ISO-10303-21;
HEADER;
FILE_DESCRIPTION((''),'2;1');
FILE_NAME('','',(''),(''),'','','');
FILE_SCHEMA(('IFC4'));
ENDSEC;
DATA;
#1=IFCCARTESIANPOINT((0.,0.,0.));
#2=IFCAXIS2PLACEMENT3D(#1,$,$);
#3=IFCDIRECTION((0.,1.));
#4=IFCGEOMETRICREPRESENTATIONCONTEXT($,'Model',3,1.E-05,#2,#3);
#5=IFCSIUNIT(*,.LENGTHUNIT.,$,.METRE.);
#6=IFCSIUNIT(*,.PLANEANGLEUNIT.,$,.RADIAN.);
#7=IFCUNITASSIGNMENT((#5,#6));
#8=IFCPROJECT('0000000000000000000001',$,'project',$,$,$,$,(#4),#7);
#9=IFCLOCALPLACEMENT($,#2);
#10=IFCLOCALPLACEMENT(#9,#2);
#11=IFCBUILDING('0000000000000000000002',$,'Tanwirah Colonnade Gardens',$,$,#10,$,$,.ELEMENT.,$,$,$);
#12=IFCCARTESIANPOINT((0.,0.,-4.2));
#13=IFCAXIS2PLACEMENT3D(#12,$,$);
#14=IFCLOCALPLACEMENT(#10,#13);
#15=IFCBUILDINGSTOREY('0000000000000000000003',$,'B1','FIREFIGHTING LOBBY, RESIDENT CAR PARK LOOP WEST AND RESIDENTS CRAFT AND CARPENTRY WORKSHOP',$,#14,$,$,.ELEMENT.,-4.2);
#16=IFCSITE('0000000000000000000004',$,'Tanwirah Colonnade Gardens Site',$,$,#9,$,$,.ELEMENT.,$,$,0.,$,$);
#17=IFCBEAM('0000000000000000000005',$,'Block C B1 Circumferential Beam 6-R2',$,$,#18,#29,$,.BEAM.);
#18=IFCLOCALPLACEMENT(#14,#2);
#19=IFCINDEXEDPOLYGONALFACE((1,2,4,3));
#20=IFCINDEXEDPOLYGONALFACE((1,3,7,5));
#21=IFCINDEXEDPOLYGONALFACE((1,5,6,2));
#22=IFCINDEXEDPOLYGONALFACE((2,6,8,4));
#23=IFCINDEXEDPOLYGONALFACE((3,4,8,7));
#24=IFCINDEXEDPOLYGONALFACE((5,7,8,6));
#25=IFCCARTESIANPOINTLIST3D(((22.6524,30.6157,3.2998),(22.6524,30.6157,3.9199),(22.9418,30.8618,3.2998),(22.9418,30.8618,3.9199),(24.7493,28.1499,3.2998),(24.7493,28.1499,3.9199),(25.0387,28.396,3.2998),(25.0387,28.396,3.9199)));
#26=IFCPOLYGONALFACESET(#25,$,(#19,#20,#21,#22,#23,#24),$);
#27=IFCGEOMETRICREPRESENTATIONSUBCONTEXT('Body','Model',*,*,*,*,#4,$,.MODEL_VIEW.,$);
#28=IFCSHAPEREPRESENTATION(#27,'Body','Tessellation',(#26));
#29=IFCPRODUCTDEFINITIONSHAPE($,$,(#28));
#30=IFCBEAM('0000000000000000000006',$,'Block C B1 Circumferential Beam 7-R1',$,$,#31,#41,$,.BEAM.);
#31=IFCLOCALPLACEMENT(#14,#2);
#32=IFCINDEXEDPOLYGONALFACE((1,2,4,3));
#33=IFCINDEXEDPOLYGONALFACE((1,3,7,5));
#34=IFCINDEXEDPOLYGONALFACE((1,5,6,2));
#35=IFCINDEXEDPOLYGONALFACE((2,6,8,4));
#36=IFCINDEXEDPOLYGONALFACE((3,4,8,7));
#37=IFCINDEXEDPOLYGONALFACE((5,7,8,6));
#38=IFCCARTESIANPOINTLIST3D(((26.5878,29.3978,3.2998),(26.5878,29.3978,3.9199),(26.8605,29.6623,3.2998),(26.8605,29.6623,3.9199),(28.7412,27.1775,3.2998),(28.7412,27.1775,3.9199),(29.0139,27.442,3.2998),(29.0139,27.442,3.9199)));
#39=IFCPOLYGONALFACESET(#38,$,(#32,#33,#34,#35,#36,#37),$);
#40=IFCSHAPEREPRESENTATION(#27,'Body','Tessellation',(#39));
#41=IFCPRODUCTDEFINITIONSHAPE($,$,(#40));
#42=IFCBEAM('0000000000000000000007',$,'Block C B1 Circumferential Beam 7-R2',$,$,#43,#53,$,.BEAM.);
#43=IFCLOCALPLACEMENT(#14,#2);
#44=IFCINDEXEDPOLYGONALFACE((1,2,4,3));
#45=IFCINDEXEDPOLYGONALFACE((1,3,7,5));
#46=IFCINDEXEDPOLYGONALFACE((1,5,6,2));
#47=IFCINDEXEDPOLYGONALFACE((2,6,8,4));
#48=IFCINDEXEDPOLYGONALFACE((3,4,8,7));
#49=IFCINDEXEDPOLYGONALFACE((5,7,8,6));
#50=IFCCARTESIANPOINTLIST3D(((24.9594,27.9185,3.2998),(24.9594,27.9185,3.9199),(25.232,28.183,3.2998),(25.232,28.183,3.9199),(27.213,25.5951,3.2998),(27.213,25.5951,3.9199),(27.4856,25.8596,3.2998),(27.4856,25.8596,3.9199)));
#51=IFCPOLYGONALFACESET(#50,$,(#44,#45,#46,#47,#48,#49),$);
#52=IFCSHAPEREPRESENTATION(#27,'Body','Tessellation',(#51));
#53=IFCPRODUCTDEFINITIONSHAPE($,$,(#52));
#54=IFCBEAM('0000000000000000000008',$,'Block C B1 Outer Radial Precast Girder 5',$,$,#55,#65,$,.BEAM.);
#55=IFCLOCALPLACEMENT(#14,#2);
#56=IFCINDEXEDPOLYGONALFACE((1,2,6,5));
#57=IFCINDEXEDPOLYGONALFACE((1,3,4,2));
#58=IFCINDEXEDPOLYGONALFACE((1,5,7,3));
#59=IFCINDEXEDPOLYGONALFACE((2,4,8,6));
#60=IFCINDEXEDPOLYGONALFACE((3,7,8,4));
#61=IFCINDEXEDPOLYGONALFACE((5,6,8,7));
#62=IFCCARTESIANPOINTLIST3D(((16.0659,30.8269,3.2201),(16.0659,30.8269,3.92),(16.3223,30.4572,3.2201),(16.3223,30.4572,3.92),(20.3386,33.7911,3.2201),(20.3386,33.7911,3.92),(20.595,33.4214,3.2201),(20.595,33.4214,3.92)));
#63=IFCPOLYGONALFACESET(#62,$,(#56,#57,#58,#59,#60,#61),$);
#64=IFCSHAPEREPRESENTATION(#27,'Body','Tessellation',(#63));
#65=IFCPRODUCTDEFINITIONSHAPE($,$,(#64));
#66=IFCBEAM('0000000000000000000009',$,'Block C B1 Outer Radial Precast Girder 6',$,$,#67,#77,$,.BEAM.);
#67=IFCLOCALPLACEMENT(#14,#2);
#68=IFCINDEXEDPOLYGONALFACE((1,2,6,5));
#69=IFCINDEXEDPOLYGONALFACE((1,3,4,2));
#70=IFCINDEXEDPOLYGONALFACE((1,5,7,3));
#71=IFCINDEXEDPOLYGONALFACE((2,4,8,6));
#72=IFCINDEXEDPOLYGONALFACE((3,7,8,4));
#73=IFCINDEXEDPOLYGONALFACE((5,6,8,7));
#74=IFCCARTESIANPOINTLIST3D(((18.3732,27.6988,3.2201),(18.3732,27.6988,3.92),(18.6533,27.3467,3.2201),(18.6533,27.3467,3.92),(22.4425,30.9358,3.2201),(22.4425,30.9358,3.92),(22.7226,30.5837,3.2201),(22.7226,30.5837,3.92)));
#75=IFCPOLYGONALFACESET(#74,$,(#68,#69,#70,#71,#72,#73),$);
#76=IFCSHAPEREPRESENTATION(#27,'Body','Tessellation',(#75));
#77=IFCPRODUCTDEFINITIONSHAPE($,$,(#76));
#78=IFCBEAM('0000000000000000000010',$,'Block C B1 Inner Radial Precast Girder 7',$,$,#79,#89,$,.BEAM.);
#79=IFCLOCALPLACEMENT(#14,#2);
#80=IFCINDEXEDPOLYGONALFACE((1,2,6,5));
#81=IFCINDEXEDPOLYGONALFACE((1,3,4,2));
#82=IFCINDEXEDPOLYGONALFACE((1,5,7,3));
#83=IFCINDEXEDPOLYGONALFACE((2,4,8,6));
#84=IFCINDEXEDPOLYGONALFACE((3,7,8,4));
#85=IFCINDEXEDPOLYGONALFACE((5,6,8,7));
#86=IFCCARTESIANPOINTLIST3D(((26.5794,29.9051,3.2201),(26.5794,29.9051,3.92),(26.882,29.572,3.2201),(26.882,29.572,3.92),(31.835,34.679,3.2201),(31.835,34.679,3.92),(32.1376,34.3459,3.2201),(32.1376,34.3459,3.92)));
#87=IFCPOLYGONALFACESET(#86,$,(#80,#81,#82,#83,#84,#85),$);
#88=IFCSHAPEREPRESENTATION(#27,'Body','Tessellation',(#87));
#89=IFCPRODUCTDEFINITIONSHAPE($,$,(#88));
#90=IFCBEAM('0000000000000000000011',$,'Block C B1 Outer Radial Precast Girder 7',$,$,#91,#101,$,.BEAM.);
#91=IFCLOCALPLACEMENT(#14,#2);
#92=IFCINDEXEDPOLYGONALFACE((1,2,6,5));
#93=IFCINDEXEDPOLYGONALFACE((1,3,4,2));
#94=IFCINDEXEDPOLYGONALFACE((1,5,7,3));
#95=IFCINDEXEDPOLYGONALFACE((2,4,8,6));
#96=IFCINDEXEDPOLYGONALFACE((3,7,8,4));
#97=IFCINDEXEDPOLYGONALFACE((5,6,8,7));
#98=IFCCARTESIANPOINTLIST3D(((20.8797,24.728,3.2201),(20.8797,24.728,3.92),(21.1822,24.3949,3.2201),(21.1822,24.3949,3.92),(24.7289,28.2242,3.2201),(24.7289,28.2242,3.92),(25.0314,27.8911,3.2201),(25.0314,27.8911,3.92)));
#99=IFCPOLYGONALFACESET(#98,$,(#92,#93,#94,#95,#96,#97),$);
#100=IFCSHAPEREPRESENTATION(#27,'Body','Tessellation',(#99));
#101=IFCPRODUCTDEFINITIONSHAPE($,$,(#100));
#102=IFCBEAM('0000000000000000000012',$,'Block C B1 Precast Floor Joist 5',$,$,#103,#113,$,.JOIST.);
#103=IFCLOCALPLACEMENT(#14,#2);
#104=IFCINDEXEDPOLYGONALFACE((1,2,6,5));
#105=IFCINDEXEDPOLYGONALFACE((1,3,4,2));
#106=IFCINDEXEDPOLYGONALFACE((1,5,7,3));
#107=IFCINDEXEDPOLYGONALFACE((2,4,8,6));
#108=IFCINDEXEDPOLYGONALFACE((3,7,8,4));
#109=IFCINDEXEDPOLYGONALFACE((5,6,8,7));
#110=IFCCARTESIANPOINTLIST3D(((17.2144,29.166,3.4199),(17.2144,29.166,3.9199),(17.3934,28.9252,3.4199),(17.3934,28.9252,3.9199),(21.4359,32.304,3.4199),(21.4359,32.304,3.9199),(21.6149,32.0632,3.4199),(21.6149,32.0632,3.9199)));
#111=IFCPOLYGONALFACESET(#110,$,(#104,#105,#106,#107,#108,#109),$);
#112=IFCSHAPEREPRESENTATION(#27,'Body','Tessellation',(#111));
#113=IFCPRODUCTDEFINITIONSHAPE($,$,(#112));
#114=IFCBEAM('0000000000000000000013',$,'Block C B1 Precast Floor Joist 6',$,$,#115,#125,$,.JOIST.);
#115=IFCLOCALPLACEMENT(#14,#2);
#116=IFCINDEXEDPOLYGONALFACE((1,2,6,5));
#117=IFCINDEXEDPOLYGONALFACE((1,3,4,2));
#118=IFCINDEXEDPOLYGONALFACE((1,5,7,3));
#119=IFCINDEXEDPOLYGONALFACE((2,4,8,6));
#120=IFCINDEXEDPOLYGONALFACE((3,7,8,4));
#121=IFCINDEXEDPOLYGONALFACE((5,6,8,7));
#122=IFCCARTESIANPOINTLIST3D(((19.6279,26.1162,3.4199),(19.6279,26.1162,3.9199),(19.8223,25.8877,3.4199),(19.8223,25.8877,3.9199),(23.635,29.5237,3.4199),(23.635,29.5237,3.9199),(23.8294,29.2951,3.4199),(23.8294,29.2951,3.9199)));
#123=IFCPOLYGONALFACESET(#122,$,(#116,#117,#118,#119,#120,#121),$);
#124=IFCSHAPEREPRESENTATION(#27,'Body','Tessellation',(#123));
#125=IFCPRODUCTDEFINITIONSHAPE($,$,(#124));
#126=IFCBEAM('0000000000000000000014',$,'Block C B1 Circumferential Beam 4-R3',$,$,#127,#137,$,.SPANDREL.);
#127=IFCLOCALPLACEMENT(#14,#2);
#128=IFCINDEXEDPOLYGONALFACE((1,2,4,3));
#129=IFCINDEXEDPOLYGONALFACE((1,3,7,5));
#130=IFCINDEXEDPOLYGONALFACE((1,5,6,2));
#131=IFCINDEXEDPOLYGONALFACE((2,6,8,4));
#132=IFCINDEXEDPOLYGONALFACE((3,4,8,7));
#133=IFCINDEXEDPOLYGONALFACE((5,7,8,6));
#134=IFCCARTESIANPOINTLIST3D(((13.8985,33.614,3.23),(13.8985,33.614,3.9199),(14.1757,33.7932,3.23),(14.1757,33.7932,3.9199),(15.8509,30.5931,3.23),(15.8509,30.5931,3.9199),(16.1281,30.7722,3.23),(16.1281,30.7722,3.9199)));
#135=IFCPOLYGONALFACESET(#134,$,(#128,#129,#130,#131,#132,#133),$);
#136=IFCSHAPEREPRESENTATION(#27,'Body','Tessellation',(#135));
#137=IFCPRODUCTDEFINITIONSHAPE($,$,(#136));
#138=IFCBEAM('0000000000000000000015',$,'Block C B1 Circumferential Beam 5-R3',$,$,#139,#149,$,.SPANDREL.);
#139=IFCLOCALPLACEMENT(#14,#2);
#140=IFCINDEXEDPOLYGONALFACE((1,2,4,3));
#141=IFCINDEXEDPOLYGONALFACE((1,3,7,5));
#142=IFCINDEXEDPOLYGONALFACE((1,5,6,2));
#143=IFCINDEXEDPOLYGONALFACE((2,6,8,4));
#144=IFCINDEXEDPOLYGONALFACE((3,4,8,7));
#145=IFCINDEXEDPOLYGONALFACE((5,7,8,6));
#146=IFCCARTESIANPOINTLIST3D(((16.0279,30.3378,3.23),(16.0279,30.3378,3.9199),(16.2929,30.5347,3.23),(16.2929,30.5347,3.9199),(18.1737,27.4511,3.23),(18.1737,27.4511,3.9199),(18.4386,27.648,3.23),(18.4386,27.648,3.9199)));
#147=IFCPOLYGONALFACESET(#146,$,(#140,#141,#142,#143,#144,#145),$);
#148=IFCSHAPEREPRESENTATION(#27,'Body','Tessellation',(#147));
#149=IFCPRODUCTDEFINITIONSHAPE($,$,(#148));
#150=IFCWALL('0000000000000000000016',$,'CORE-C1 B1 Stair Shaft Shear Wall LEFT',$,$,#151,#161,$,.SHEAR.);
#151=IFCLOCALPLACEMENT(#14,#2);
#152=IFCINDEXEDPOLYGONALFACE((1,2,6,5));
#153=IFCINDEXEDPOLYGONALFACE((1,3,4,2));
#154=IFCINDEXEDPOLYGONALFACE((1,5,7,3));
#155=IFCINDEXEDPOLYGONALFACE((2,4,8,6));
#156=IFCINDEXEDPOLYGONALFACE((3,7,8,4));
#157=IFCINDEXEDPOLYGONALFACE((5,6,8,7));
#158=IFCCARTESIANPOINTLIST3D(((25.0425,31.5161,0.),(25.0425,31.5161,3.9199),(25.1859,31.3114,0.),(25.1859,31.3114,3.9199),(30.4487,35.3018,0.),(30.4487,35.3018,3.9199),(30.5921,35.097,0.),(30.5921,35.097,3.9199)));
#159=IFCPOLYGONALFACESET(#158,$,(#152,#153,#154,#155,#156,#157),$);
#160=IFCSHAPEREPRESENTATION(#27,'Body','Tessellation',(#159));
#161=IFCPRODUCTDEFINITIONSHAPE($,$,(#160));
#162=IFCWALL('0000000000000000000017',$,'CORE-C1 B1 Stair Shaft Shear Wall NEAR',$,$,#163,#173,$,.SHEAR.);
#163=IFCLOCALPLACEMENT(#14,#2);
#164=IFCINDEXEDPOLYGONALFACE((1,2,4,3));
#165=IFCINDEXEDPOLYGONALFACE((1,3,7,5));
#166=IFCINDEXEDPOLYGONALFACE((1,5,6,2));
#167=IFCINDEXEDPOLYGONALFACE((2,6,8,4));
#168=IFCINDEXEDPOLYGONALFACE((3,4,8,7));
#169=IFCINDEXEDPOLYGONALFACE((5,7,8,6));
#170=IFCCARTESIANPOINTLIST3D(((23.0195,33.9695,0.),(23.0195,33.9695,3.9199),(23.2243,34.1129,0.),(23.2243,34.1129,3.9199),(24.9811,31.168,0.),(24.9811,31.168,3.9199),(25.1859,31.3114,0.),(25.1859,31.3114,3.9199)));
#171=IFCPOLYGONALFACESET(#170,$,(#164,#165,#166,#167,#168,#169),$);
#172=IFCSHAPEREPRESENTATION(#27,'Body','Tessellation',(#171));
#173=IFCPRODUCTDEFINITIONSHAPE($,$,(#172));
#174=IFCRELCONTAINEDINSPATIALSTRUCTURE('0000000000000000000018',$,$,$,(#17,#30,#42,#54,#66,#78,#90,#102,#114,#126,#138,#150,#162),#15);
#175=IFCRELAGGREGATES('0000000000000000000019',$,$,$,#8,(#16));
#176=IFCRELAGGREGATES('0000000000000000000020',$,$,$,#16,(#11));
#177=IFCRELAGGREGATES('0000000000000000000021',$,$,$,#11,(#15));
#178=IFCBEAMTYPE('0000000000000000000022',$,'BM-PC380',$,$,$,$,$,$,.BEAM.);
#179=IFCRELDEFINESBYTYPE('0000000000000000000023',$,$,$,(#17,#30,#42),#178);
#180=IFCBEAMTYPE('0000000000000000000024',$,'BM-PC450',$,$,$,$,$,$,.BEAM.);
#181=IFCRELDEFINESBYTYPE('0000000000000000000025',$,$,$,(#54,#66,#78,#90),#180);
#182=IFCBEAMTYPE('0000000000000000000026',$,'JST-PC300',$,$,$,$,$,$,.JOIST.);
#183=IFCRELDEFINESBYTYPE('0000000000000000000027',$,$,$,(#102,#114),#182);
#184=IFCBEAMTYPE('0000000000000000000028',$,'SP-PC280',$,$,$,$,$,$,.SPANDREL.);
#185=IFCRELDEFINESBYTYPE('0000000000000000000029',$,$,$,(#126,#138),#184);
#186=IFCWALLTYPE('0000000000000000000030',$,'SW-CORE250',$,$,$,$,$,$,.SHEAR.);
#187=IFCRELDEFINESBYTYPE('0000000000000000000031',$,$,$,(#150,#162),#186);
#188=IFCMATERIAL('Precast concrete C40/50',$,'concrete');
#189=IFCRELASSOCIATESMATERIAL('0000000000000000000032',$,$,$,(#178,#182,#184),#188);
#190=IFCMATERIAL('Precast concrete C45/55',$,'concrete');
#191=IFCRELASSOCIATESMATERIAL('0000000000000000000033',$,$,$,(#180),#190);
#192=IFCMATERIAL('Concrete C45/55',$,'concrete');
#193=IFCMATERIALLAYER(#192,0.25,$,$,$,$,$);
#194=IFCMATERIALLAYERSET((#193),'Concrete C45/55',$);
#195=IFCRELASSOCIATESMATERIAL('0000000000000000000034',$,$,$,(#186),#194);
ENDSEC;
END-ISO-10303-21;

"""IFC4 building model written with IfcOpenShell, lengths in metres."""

from ifc_helpers import new_model, si_unit, direction, frame, frame_2d, origin, origin_2d, place, context, subcontext, project, spatial, rectangle, extrude, material, layer, layer_set, material_profile, profile_set, type_object, element, save


model = new_model("IFC4")

# Units and contexts
model_context = context("Model", 3, precision=1e-05, world=origin(), true_north=direction((0.0, 1.0)))
body_context = subcontext(model_context, "Body", "Model", "MODEL_VIEW")
ifc_project = project(units=[si_unit("LENGTHUNIT", "METRE"), si_unit("PLANEANGLEUNIT", "RADIAN")], contexts=[model_context])

# Site, building, storey
site_placement = place(None, origin())
site = spatial("IfcSite", under=ifc_project, at=site_placement, Name="Tanwirah Colonnade Gardens Site", CompositionType="ELEMENT", RefElevation=0.0)
building_placement = place(site_placement, origin())
building = spatial("IfcBuilding", under=site, at=building_placement, Name="Tanwirah Colonnade Gardens", CompositionType="ELEMENT")
storey_placement = place(building_placement, frame((0.0, 0.0, -4.2)))
storey = spatial("IfcBuildingStorey", under=building, at=storey_placement, Name="B1", Description="FIREFIGHTING LOBBY, RESIDENT CAR PARK LOOP WEST AND RESIDENTS CRAFT AND CARPENTRY WORKSHOP", CompositionType="ELEMENT", Elevation=-4.2)

# Shared definitions
ifc_material_1 = material(Name="Concrete C45/55", Category="concrete")

# Beams
ifc_material_2 = material(Name="Precast concrete C40/50", Category="concrete")
ifc_material_profile_1 = material_profile(ifc_material_2, rectangle(XDim=0.3799, YDim=0.6201, at=origin_2d()), Name="PC-BM 380x620")
ifc_profile_set_1 = profile_set([ifc_material_profile_1], Name="Precast concrete C40/50")
beam_type_1 = type_object("IfcBeamType", Name="BM-PC380", PredefinedType="BEAM", material=ifc_profile_set_1)
beam_1_placement = place(storey_placement, frame((22.7971, 30.7388, 3.6099), z_axis=(0.647824, -0.76179, 0.0), x_axis=(0.76179, 0.647824, 0.0)))
element("IfcBeam", 1, at=beam_1_placement, inside=storey, type_object=beam_type_1, Name="Block C B1 Circumferential Beam 6-R2", PredefinedType="BEAM", context=body_context, shape_type="SweptSolid", body=[
    extrude(rectangle(XDim=0.3799, YDim=0.6201, at=origin_2d()), origin(), (0.0, 0.0, 1.0), 3.2368),
])
beam_2_placement = place(storey_placement, frame((26.7241, 29.53, 3.6099), z_axis=(0.69621, -0.717838, 0.0), x_axis=(0.717838, 0.69621, 0.0)))
element("IfcBeam", 2, at=beam_2_placement, inside=storey, type_object=beam_type_1, Name="Block C B1 Circumferential Beam 7-R1", PredefinedType="BEAM", context=body_context, shape_type="SweptSolid", body=[
    extrude(rectangle(XDim=0.3799, YDim=0.6201, at=origin_2d()), origin(), (0.0, 0.0, 1.0), 3.093),
])
beam_3_placement = place(storey_placement, frame((25.0957, 28.0508, 3.6099), z_axis=(0.696239, -0.71781, 0.0), x_axis=(0.71781, 0.696239, 0.0)))
element("IfcBeam", 3, at=beam_3_placement, inside=storey, type_object=beam_type_1, Name="Block C B1 Circumferential Beam 7-R2", PredefinedType="BEAM", context=body_context, shape_type="SweptSolid", body=[
    extrude(rectangle(XDim=0.3799, YDim=0.6201, at=origin_2d()), origin(), (0.0, 0.0, 1.0), 3.2368),
])
ifc_material_3 = material(Name="Precast concrete C45/55", Category="concrete")
ifc_material_profile_2 = material_profile(ifc_material_3, rectangle(XDim=0.45, YDim=0.7, at=origin_2d()), Name="PC-BM 450x700")
ifc_profile_set_2 = profile_set([ifc_material_profile_2], Name="Precast concrete C45/55")
beam_type_2 = type_object("IfcBeamType", Name="BM-PC450", PredefinedType="BEAM", material=ifc_profile_set_2)
beam_4_placement = place(storey_placement, frame((20.4668, 33.6062, 3.5701), z_axis=(-0.821644, -0.570001, 0.0), x_axis=(0.570001, -0.821644, 0.0)))
element("IfcBeam", 4, at=beam_4_placement, inside=storey, type_object=beam_type_2, Name="Block C B1 Outer Radial Precast Girder 5", PredefinedType="BEAM", context=body_context, shape_type="SweptSolid", body=[
    extrude(rectangle(XDim=0.45, YDim=0.7, at=origin_2d()), origin(), (0.0, 0.0, 1.0), 5.2002),
])
beam_5_placement = place(storey_placement, frame((22.5825, 30.7598, 3.5701), z_axis=(-0.782593, -0.622534, 0.0), x_axis=(0.622534, -0.782593, 0.0)))
element("IfcBeam", 5, at=beam_5_placement, inside=storey, type_object=beam_type_2, Name="Block C B1 Outer Radial Precast Girder 6", PredefinedType="BEAM", context=body_context, shape_type="SweptSolid", body=[
    extrude(rectangle(XDim=0.45, YDim=0.7, at=origin_2d()), origin(), (0.0, 0.0, 1.0), 5.1997),
])
beam_6_placement = place(storey_placement, frame((26.7307, 29.7385, 3.5701), z_axis=(0.740214, 0.672372, 0.0), x_axis=(-0.672372, 0.740214, 0.0)))
element("IfcBeam", 6, at=beam_6_placement, inside=storey, type_object=beam_type_2, Name="Block C B1 Inner Radial Precast Girder 7", PredefinedType="BEAM", context=body_context, shape_type="SweptSolid", body=[
    extrude(rectangle(XDim=0.45, YDim=0.7, at=origin_2d()), origin(), (0.0, 0.0, 1.0), 7.1001),
])
beam_7_placement = place(storey_placement, frame((24.8801, 28.0576, 3.5701), z_axis=(-0.740237, -0.672346, 0.0), x_axis=(0.672346, -0.740237, 0.0)))
element("IfcBeam", 7, at=beam_7_placement, inside=storey, type_object=beam_type_2, Name="Block C B1 Outer Radial Precast Girder 7", PredefinedType="BEAM", context=body_context, shape_type="SweptSolid", body=[
    extrude(rectangle(XDim=0.45, YDim=0.7, at=origin_2d()), origin(), (0.0, 0.0, 1.0), 5.2),
])
ifc_material_profile_3 = material_profile(ifc_material_2, rectangle(XDim=0.3, YDim=0.5, at=origin_2d()), Name="PC-JST 300x500")
ifc_profile_set_3 = profile_set([ifc_material_profile_3], Name="Precast concrete C40/50")
beam_type_3 = type_object("IfcBeamType", Name="JST-PC300", PredefinedType="JOIST", material=ifc_profile_set_3)
for number, where, z_axis, x_axis, name in (
    (8, (21.5254, 32.1836, 3.6699), (-0.80256, -0.596571, 0.0), (0.596571, -0.80256, 0.0), "Block C B1 Precast Floor Joist 5"),
    (9, (23.7322, 29.4094, 3.6699), (-0.761803, -0.647809, 0.0), (0.647809, -0.761803, 0.0), "Block C B1 Precast Floor Joist 6"),
):
    element("IfcBeam", number, at=place(storey_placement, frame(where, z_axis=z_axis, x_axis=x_axis)), inside=storey, type_object=beam_type_3, Name=name, PredefinedType="JOIST", context=body_context, shape_type="SweptSolid", body=[
        extrude(rectangle(XDim=0.3, YDim=0.5, at=origin_2d()), origin(), (0.0, 0.0, 1.0), 5.26),
    ])
ifc_material_profile_4 = material_profile(ifc_material_2, rectangle(XDim=0.3301, YDim=0.6899, at=origin_2d()), Name="PC-SP 330x690")
ifc_profile_set_4 = profile_set([ifc_material_profile_4], Name="Precast concrete C40/50")
beam_type_4 = type_object("IfcBeamType", Name="SP-PC280", PredefinedType="SPANDREL", material=ifc_profile_set_4)
for number, where, z_axis, x_axis, name in (
    (10, (14.0371, 33.7036, 3.575), (0.542787, -0.83987, 0.0), (0.83987, 0.542787, 0.0), "Block C B1 Circumferential Beam 4-R3"),
    (11, (16.1604, 30.4363, 3.575), (0.596563, -0.802566, 0.0), (0.802566, 0.596563, 0.0), "Block C B1 Circumferential Beam 5-R3"),
):
    element("IfcBeam", number, at=place(storey_placement, frame(where, z_axis=z_axis, x_axis=x_axis)), inside=storey, type_object=beam_type_4, Name=name, PredefinedType="SPANDREL", context=body_context, shape_type="SweptSolid", body=[
        extrude(rectangle(XDim=0.3301, YDim=0.6899, at=origin_2d()), origin(), (0.0, 0.0, 1.0), 3.5969),
    ])

# Walls
ifc_layer_1 = layer(ifc_material_1, 0.25)
ifc_layer_set_1 = layer_set([ifc_layer_1], Name="Concrete C45/55")
wall_type = type_object("IfcWallType", Name="SW-CORE250", PredefinedType="SHEAR", material=ifc_layer_set_1)
wall_1_placement = place(storey_placement, frame((25.1143, 31.4138, 0.0), z_axis=(0.0, 0.0, 1.0), x_axis=(0.819142, 0.573591, 0.0)))
element("IfcWall", 12, at=wall_1_placement, inside=storey, type_object=wall_type, Name="CORE-C1 B1 Stair Shaft Shear Wall LEFT", PredefinedType="SHEAR", context=body_context, shape_type="SweptSolid", body=[
    extrude(rectangle(XDim=6.5999, YDim=0.25, at=frame_2d((3.2998, 0.0))), origin(), (0.0, 0.0, 1.0), 3.9199),
])
wall_2_placement = place(storey_placement, frame((25.0835, 31.2397, 0.0), z_axis=(0.0, 0.0, 1.0), x_axis=(-0.573582, 0.819148, 0.0)))
element("IfcWall", 13, at=wall_2_placement, inside=storey, type_object=wall_type, Name="CORE-C1 B1 Stair Shaft Shear Wall NEAR", PredefinedType="SHEAR", context=body_context, shape_type="SweptSolid", body=[
    extrude(rectangle(XDim=3.4199, YDim=0.25, at=frame_2d((1.71, 0.0))), origin(), (0.0, 0.0, 1.0), 3.9199),
])

save(model, "model.ifc")
